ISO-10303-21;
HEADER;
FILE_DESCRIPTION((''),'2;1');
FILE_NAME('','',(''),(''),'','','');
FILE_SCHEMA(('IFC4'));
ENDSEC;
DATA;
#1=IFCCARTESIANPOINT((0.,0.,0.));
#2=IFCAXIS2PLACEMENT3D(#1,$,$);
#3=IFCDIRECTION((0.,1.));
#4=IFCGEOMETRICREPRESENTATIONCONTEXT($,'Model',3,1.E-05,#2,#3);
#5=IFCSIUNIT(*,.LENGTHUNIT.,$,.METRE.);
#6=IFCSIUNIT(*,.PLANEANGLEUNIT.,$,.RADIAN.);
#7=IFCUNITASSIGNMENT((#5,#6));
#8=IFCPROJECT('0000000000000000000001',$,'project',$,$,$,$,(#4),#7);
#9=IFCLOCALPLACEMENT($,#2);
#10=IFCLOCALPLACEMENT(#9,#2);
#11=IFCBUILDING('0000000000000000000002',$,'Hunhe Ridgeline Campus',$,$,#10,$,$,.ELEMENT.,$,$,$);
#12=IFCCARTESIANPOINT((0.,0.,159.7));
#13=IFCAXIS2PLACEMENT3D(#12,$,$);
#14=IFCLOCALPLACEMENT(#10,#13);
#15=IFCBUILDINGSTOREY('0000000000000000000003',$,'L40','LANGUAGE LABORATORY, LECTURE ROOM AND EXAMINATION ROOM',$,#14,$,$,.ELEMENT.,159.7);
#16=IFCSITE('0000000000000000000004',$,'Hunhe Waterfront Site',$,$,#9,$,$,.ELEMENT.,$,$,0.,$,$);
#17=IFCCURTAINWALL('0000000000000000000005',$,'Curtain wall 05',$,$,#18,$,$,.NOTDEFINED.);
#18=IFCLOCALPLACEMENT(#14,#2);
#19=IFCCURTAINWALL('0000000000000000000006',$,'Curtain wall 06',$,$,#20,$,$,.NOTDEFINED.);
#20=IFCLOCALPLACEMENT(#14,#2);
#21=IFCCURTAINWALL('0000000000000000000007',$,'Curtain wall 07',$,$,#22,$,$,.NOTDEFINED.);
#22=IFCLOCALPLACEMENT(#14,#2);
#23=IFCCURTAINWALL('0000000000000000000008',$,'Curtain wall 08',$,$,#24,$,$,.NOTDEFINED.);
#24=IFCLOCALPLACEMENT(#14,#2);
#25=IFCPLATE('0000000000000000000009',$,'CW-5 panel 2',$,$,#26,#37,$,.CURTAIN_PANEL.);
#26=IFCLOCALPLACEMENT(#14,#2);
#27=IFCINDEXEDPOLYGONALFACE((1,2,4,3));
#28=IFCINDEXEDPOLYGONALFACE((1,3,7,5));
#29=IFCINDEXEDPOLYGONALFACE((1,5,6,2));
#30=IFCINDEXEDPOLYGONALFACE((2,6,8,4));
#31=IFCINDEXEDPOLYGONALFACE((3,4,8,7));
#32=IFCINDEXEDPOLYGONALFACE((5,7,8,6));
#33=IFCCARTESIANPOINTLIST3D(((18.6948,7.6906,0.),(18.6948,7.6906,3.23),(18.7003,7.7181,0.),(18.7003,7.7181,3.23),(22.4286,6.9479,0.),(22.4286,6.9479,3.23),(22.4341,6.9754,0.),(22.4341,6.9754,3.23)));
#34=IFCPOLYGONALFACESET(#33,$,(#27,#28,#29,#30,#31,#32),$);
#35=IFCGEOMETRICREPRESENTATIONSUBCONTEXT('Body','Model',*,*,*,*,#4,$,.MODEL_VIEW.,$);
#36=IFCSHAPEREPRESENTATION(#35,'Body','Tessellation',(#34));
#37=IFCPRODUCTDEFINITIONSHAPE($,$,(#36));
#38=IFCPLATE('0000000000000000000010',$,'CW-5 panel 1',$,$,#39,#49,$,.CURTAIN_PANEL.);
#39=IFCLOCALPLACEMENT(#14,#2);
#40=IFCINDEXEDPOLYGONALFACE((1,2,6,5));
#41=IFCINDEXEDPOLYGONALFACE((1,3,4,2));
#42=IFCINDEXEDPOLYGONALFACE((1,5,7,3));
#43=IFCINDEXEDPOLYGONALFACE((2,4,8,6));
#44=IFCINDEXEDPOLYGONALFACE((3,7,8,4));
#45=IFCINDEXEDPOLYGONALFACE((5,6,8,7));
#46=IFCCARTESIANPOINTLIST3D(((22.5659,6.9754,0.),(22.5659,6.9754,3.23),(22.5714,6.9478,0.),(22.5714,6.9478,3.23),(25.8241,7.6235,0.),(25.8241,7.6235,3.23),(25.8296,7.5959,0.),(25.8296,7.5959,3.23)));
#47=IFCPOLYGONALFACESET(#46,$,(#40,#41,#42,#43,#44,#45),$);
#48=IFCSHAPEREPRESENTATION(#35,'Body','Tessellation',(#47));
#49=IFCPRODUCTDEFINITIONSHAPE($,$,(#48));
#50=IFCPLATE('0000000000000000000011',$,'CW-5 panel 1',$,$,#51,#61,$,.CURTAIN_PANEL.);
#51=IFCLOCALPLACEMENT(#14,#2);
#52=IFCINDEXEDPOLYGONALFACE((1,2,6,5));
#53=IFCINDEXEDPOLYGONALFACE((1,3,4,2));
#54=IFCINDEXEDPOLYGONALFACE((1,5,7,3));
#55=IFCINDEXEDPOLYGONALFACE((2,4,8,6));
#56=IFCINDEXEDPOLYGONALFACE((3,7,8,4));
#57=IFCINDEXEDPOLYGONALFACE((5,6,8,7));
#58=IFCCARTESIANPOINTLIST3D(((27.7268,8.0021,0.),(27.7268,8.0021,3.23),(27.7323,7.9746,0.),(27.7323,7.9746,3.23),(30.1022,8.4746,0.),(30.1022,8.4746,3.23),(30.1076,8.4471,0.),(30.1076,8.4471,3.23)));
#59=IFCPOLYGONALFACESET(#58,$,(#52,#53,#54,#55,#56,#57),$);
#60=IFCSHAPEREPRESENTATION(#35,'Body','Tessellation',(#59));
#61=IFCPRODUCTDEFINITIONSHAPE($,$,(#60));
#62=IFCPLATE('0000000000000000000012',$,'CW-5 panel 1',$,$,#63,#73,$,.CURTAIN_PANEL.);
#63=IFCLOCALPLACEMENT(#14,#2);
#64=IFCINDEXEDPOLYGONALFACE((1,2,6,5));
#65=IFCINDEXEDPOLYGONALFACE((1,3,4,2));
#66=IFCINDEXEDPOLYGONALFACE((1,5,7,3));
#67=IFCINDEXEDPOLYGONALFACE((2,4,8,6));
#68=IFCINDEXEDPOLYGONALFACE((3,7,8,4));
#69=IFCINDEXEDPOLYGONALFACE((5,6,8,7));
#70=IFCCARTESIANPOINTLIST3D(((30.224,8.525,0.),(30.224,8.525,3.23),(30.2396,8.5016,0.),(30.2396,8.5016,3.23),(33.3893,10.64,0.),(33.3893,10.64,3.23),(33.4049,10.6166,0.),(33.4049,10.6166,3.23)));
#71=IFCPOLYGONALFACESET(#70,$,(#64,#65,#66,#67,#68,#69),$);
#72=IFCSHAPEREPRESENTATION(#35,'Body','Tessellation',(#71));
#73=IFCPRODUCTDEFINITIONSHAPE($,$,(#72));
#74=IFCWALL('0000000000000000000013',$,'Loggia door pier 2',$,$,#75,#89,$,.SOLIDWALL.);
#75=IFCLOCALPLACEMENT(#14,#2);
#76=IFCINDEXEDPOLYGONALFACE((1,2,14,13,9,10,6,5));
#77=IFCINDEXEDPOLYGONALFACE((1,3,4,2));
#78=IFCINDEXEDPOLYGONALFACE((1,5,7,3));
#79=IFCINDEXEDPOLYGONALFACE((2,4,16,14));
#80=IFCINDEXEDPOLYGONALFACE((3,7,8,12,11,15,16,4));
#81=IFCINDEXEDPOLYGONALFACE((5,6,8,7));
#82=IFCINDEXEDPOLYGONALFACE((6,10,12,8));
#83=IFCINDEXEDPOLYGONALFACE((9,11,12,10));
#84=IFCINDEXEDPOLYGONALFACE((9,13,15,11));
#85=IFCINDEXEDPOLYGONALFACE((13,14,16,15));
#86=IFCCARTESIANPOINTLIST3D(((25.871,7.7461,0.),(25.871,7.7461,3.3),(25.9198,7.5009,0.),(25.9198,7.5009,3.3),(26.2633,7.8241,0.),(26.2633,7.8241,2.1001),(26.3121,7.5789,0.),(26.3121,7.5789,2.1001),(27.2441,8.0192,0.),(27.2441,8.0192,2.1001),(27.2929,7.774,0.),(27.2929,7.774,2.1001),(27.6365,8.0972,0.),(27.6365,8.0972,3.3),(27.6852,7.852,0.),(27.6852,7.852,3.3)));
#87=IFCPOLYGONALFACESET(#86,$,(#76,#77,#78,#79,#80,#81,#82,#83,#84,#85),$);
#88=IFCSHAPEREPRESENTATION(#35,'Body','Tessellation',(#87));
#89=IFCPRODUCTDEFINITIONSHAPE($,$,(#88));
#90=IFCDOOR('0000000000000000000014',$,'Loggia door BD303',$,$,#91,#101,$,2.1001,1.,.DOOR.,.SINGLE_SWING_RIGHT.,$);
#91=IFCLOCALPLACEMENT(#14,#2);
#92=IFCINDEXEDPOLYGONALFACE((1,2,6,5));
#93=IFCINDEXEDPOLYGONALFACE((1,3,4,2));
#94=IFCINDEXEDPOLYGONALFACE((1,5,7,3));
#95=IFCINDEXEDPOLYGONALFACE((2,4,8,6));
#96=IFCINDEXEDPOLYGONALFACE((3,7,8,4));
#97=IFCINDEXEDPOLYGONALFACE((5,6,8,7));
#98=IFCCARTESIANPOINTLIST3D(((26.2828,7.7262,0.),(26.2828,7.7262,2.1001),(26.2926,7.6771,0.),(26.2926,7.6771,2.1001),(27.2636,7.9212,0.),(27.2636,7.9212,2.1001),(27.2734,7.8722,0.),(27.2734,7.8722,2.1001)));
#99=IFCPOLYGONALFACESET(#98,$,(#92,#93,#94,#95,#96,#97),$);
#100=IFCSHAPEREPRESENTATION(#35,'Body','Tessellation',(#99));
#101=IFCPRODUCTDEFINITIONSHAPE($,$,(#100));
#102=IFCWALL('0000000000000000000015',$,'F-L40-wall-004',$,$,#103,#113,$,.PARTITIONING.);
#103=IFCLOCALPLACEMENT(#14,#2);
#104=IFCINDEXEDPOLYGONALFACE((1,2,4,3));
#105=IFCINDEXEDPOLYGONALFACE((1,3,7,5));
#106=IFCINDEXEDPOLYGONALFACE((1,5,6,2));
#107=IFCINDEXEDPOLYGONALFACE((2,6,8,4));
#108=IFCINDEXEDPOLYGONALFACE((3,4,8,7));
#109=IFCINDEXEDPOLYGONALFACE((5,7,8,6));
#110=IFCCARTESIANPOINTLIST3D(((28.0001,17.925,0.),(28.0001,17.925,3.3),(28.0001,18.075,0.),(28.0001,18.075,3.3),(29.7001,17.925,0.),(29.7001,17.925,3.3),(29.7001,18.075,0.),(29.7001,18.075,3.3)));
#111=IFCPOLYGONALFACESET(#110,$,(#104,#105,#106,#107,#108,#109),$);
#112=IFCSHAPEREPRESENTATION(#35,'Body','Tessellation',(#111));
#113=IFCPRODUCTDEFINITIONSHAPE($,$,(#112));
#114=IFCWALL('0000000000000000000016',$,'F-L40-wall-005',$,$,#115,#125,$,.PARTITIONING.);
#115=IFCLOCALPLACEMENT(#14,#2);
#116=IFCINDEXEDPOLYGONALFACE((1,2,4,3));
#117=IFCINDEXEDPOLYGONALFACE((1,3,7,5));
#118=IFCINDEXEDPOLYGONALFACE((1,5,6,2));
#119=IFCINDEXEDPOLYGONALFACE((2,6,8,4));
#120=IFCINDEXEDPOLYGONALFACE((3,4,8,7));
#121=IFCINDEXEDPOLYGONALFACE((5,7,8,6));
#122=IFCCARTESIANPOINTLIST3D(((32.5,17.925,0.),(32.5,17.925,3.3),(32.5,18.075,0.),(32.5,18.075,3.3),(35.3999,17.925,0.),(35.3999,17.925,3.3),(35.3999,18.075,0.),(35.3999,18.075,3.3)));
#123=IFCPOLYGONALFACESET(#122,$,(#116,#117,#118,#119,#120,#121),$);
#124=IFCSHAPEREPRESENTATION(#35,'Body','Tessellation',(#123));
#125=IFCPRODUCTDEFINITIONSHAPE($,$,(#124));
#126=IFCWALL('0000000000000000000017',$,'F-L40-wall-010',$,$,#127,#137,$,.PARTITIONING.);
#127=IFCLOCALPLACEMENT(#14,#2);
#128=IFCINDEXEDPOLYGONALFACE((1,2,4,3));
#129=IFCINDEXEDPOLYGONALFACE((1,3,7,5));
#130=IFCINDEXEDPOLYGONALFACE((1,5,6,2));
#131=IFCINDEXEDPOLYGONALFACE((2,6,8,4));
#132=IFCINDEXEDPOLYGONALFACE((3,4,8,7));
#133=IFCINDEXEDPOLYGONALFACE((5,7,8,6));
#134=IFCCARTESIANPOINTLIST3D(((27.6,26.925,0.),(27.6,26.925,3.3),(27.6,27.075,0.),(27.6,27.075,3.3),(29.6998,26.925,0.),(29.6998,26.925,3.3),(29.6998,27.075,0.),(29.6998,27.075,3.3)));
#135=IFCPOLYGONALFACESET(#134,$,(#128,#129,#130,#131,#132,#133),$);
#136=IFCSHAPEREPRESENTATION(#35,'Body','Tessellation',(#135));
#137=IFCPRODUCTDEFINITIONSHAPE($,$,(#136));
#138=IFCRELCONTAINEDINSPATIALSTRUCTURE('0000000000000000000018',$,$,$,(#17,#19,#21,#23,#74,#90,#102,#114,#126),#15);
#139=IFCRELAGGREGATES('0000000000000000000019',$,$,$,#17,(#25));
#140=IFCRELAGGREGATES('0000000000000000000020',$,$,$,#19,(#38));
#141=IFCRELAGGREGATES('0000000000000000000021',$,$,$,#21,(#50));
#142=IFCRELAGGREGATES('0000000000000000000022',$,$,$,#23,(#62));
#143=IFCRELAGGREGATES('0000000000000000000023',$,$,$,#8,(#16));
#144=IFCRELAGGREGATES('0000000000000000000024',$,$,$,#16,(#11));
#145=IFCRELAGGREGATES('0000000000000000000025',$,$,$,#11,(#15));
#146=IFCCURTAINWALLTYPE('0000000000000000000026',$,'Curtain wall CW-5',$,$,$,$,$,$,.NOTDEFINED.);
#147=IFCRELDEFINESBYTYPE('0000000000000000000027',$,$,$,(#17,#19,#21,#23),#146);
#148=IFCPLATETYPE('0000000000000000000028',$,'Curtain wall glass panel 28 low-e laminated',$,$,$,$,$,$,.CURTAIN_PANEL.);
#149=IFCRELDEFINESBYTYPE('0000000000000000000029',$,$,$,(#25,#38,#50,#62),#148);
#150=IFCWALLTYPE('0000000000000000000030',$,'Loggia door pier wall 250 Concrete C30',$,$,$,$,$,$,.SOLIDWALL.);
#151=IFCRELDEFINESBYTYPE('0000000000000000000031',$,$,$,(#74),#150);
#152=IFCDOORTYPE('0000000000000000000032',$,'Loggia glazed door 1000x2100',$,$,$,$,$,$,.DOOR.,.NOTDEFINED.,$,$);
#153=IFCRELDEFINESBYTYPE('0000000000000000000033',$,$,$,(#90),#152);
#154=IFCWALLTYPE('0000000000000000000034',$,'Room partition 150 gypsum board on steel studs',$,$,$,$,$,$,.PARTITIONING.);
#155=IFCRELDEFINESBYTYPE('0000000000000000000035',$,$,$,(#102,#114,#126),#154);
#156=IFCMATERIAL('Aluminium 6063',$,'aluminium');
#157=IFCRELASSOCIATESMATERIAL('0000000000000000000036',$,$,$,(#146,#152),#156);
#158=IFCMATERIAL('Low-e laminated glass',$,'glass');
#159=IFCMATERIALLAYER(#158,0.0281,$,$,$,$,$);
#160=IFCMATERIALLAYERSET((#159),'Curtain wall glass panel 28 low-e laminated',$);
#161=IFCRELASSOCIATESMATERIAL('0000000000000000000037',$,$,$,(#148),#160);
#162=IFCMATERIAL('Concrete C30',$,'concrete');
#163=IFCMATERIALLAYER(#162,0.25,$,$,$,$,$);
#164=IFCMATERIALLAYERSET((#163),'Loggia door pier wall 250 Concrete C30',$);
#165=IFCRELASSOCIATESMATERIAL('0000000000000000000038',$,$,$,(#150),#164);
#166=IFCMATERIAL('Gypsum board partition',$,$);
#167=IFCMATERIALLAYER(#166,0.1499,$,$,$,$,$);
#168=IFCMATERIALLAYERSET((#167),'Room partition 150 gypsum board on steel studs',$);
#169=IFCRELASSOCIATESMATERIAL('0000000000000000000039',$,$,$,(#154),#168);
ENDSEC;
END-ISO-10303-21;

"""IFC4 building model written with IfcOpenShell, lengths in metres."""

from ifc_helpers import new_model, si_unit, direction, frame, frame_2d, origin, origin_2d, place, context, subcontext, project, spatial, rectangle, extrude, material, layer, layer_set, type_object, element, fill, aggregate, save


model = new_model("IFC4")

# Units and contexts
model_context = context("Model", 3, precision=1e-05, world=origin(), true_north=direction((0.0, 1.0)))
body_context = subcontext(model_context, "Body", "Model", "MODEL_VIEW")
ifc_project = project(units=[si_unit("LENGTHUNIT", "METRE"), si_unit("PLANEANGLEUNIT", "RADIAN")], contexts=[model_context])

# Site, building, storey
site_placement = place(None, origin())
site = spatial("IfcSite", under=ifc_project, at=site_placement, Name="Hunhe Waterfront Site", CompositionType="ELEMENT", RefElevation=0.0)
building_placement = place(site_placement, origin())
building = spatial("IfcBuilding", under=site, at=building_placement, Name="Hunhe Ridgeline Campus", CompositionType="ELEMENT")
storey_placement = place(building_placement, frame((0.0, 0.0, 159.7)))
storey = spatial("IfcBuildingStorey", under=building, at=storey_placement, Name="L40", Description="LANGUAGE LABORATORY, LECTURE ROOM AND EXAMINATION ROOM", CompositionType="ELEMENT", Elevation=159.7)

# Curtain wall
ifc_material_1 = material(Name="Aluminium 6063", Category="aluminium")
curtain_wall_type = type_object("IfcCurtainWallType", Name="Curtain wall CW-5", PredefinedType="NOTDEFINED", material=ifc_material_1)
curtain_wall_1_placement = place(storey_placement, origin())
curtain_wall_1 = element("IfcCurtainWall", 1, at=curtain_wall_1_placement, inside=storey, type_object=curtain_wall_type, Name="Curtain wall 05", PredefinedType="NOTDEFINED")

# Curtain walls
curtain_wall_2_placement = place(storey_placement, origin())
curtain_wall_2 = element("IfcCurtainWall", 2, at=curtain_wall_2_placement, inside=storey, type_object=curtain_wall_type, Name="Curtain wall 06", PredefinedType="NOTDEFINED")
curtain_wall_3_placement = place(storey_placement, origin())
curtain_wall_3 = element("IfcCurtainWall", 3, at=curtain_wall_3_placement, inside=storey, type_object=curtain_wall_type, Name="Curtain wall 07", PredefinedType="NOTDEFINED")

# Curtain wall
curtain_wall_4_placement = place(storey_placement, origin())
curtain_wall_4 = element("IfcCurtainWall", 4, at=curtain_wall_4_placement, inside=storey, type_object=curtain_wall_type, Name="Curtain wall 08", PredefinedType="NOTDEFINED")

# Plates
ifc_material_2 = material(Name="Low-e laminated glass", Category="glass")
ifc_layer_1 = layer(ifc_material_2, 0.0281)
ifc_layer_set_1 = layer_set([ifc_layer_1], Name="Curtain wall glass panel 28 low-e laminated")
plate_type = type_object("IfcPlateType", Name="Curtain wall glass panel 28 low-e laminated", PredefinedType="CURTAIN_PANEL", material=ifc_layer_set_1)
plate_1_placement = place(storey_placement, frame((20.5645, 7.333, 0.0), z_axis=(0.0, 0.0, 1.0), x_axis=(0.980785, -0.19509, 0.0)))
plate_1 = element("IfcPlate", 5, at=plate_1_placement, type_object=plate_type, Name="CW-5 panel 2", PredefinedType="CURTAIN_PANEL", context=body_context, shape_type="SweptSolid", body=[
    extrude(rectangle(XDim=3.8069, YDim=0.0281, at=origin_2d()), origin(), (0.0, 0.0, 1.0), 3.23),
])
aggregate(curtain_wall_1, [plate_1])
plate_2_placement = place(storey_placement, frame((24.1978, 7.2856, 0.0), z_axis=(0.0, 0.0, 1.0), x_axis=(0.980785, 0.19509, 0.0)))
plate_2 = element("IfcPlate", 6, at=plate_2_placement, type_object=plate_type, Name="CW-5 panel 1", PredefinedType="CURTAIN_PANEL", context=body_context, shape_type="SweptSolid", body=[
    extrude(rectangle(XDim=3.322, YDim=0.0281, at=origin_2d()), origin(), (0.0, 0.0, 1.0), 3.23),
])
aggregate(curtain_wall_2, [plate_2])
plate_3_placement = place(storey_placement, frame((28.9172, 8.2246, 0.0), z_axis=(0.0, 0.0, 1.0), x_axis=(0.980785, 0.195091, 0.0)))
plate_3 = element("IfcPlate", 7, at=plate_3_placement, type_object=plate_type, Name="CW-5 panel 1", PredefinedType="CURTAIN_PANEL", context=body_context, shape_type="SweptSolid", body=[
    extrude(rectangle(XDim=2.4219, YDim=0.0281, at=origin_2d()), origin(), (0.0, 0.0, 1.0), 3.23),
])
aggregate(curtain_wall_3, [plate_3])
plate_4_placement = place(storey_placement, frame((31.8145, 9.5708, 0.0), z_axis=(0.0, 0.0, 1.0), x_axis=(0.83147, 0.55557, 0.0)))
plate_4 = element("IfcPlate", 8, at=plate_4_placement, type_object=plate_type, Name="CW-5 panel 1", PredefinedType="CURTAIN_PANEL", context=body_context, shape_type="SweptSolid", body=[
    extrude(rectangle(XDim=3.8069, YDim=0.0281, at=origin_2d()), origin(), (0.0, 0.0, 1.0), 3.23),
])
aggregate(curtain_wall_4, [plate_4])

# Shared definitions
ifc_material_3 = material(Name="Gypsum board partition")

# Wall, opening, door
ifc_material_4 = material(Name="Concrete C30", Category="concrete")
ifc_layer_2 = layer(ifc_material_4, 0.25)
ifc_layer_set_2 = layer_set([ifc_layer_2], Name="Loggia door pier wall 250 Concrete C30")
wall_type_1 = type_object("IfcWallType", Name="Loggia door pier wall 250 Concrete C30", PredefinedType="SOLIDWALL", material=ifc_layer_set_2)
wall_1_placement = place(storey_placement, frame((25.8955, 7.6235, 0.0), z_axis=(0.0, 0.0, 1.0), x_axis=(0.980794, 0.195047, 0.0)))
wall_1 = element("IfcWall", 9, at=wall_1_placement, inside=storey, type_object=wall_type_1, Name="Loggia door pier 2", PredefinedType="SOLIDWALL", context=body_context, shape_type="SweptSolid", body=[
    extrude(rectangle(XDim=1.8, YDim=0.25, at=frame_2d((0.8999, 0.0))), origin(), (0.0, 0.0, 1.0), 3.3),
])
opening_1_placement = place(wall_1_placement, frame((0.3999, 0.0, 0.0)))
opening_1 = element("IfcOpeningElement", 10, at=opening_1_placement, cuts=wall_1, PredefinedType="OPENING", context=body_context, shape_type="SweptSolid", body=[
    extrude(rectangle(XDim=1.0, YDim=2.1001, at=frame_2d((0.5, 1.05))), frame((0.0, 0.125, 0.0), z_axis=(0.0, -1.0, 0.0), x_axis=(1.0, 0.0, 0.0)), (0.0, 0.0, 1.0), 0.25),
])
door_type_1 = type_object("IfcDoorType", Name="Loggia glazed door 1000x2100", OperationType="NOTDEFINED", PredefinedType="DOOR", material=ifc_material_1)
door_1_placement = place(opening_1_placement, frame((1.0, 0.0, 0.0), z_axis=(0.0, 0.0, 1.0), x_axis=(-1.0, 0.0, 0.0)))
door_1 = element("IfcDoor", 11, at=door_1_placement, inside=storey, type_object=door_type_1, Name="Loggia door BD303", OperationType="SINGLE_SWING_RIGHT", OverallHeight=2.1001, OverallWidth=1.0, PredefinedType="DOOR", context=body_context, shape_type="SweptSolid", body=[
    extrude(rectangle(XDim=1.0, YDim=2.1001, at=frame_2d((0.5, 1.05))), frame((0.0, 0.0249, 0.0), z_axis=(0.0, -1.0, 0.0), x_axis=(1.0, 0.0, 0.0)), (0.0, 0.0, 1.0), 0.05),
])
fill(opening_1, door_1)

# Walls
ifc_layer_3 = layer(ifc_material_3, 0.1499)
ifc_layer_set_3 = layer_set([ifc_layer_3], Name="Room partition 150 gypsum board on steel studs")
wall_type_2 = type_object("IfcWallType", Name="Room partition 150 gypsum board on steel studs", PredefinedType="PARTITIONING", material=ifc_layer_set_3)
wall_2_placement = place(storey_placement, frame((28.0, 18.0, 0.0), z_axis=(0.0, 0.0, 1.0), x_axis=(1.0, 0.0, 0.0)))
element("IfcWall", 12, at=wall_2_placement, inside=storey, type_object=wall_type_2, Name="F-L40-wall-004", PredefinedType="PARTITIONING", context=body_context, shape_type="SweptSolid", body=[
    extrude(rectangle(XDim=1.7, YDim=0.1499, at=frame_2d((0.8501, 0.0))), origin(), (0.0, 0.0, 1.0), 3.3),
])
wall_3_placement = place(storey_placement, frame((32.5, 18.0, 0.0), z_axis=(0.0, 0.0, 1.0), x_axis=(1.0, 0.0, 0.0)))
element("IfcWall", 13, at=wall_3_placement, inside=storey, type_object=wall_type_2, Name="F-L40-wall-005", PredefinedType="PARTITIONING", context=body_context, shape_type="SweptSolid", body=[
    extrude(rectangle(XDim=2.8999, YDim=0.1499, at=frame_2d((1.45, 0.0))), origin(), (0.0, 0.0, 1.0), 3.3),
])
wall_4_placement = place(storey_placement, frame((27.6001, 27.0, 0.0), z_axis=(0.0, 0.0, 1.0), x_axis=(1.0, 0.0, 0.0)))
element("IfcWall", 14, at=wall_4_placement, inside=storey, type_object=wall_type_2, Name="F-L40-wall-010", PredefinedType="PARTITIONING", context=body_context, shape_type="SweptSolid", body=[
    extrude(rectangle(XDim=2.0999, YDim=0.1499, at=frame_2d((1.0498, 0.0))), origin(), (0.0, 0.0, 1.0), 3.3),
])

save(model, "model.ifc")
